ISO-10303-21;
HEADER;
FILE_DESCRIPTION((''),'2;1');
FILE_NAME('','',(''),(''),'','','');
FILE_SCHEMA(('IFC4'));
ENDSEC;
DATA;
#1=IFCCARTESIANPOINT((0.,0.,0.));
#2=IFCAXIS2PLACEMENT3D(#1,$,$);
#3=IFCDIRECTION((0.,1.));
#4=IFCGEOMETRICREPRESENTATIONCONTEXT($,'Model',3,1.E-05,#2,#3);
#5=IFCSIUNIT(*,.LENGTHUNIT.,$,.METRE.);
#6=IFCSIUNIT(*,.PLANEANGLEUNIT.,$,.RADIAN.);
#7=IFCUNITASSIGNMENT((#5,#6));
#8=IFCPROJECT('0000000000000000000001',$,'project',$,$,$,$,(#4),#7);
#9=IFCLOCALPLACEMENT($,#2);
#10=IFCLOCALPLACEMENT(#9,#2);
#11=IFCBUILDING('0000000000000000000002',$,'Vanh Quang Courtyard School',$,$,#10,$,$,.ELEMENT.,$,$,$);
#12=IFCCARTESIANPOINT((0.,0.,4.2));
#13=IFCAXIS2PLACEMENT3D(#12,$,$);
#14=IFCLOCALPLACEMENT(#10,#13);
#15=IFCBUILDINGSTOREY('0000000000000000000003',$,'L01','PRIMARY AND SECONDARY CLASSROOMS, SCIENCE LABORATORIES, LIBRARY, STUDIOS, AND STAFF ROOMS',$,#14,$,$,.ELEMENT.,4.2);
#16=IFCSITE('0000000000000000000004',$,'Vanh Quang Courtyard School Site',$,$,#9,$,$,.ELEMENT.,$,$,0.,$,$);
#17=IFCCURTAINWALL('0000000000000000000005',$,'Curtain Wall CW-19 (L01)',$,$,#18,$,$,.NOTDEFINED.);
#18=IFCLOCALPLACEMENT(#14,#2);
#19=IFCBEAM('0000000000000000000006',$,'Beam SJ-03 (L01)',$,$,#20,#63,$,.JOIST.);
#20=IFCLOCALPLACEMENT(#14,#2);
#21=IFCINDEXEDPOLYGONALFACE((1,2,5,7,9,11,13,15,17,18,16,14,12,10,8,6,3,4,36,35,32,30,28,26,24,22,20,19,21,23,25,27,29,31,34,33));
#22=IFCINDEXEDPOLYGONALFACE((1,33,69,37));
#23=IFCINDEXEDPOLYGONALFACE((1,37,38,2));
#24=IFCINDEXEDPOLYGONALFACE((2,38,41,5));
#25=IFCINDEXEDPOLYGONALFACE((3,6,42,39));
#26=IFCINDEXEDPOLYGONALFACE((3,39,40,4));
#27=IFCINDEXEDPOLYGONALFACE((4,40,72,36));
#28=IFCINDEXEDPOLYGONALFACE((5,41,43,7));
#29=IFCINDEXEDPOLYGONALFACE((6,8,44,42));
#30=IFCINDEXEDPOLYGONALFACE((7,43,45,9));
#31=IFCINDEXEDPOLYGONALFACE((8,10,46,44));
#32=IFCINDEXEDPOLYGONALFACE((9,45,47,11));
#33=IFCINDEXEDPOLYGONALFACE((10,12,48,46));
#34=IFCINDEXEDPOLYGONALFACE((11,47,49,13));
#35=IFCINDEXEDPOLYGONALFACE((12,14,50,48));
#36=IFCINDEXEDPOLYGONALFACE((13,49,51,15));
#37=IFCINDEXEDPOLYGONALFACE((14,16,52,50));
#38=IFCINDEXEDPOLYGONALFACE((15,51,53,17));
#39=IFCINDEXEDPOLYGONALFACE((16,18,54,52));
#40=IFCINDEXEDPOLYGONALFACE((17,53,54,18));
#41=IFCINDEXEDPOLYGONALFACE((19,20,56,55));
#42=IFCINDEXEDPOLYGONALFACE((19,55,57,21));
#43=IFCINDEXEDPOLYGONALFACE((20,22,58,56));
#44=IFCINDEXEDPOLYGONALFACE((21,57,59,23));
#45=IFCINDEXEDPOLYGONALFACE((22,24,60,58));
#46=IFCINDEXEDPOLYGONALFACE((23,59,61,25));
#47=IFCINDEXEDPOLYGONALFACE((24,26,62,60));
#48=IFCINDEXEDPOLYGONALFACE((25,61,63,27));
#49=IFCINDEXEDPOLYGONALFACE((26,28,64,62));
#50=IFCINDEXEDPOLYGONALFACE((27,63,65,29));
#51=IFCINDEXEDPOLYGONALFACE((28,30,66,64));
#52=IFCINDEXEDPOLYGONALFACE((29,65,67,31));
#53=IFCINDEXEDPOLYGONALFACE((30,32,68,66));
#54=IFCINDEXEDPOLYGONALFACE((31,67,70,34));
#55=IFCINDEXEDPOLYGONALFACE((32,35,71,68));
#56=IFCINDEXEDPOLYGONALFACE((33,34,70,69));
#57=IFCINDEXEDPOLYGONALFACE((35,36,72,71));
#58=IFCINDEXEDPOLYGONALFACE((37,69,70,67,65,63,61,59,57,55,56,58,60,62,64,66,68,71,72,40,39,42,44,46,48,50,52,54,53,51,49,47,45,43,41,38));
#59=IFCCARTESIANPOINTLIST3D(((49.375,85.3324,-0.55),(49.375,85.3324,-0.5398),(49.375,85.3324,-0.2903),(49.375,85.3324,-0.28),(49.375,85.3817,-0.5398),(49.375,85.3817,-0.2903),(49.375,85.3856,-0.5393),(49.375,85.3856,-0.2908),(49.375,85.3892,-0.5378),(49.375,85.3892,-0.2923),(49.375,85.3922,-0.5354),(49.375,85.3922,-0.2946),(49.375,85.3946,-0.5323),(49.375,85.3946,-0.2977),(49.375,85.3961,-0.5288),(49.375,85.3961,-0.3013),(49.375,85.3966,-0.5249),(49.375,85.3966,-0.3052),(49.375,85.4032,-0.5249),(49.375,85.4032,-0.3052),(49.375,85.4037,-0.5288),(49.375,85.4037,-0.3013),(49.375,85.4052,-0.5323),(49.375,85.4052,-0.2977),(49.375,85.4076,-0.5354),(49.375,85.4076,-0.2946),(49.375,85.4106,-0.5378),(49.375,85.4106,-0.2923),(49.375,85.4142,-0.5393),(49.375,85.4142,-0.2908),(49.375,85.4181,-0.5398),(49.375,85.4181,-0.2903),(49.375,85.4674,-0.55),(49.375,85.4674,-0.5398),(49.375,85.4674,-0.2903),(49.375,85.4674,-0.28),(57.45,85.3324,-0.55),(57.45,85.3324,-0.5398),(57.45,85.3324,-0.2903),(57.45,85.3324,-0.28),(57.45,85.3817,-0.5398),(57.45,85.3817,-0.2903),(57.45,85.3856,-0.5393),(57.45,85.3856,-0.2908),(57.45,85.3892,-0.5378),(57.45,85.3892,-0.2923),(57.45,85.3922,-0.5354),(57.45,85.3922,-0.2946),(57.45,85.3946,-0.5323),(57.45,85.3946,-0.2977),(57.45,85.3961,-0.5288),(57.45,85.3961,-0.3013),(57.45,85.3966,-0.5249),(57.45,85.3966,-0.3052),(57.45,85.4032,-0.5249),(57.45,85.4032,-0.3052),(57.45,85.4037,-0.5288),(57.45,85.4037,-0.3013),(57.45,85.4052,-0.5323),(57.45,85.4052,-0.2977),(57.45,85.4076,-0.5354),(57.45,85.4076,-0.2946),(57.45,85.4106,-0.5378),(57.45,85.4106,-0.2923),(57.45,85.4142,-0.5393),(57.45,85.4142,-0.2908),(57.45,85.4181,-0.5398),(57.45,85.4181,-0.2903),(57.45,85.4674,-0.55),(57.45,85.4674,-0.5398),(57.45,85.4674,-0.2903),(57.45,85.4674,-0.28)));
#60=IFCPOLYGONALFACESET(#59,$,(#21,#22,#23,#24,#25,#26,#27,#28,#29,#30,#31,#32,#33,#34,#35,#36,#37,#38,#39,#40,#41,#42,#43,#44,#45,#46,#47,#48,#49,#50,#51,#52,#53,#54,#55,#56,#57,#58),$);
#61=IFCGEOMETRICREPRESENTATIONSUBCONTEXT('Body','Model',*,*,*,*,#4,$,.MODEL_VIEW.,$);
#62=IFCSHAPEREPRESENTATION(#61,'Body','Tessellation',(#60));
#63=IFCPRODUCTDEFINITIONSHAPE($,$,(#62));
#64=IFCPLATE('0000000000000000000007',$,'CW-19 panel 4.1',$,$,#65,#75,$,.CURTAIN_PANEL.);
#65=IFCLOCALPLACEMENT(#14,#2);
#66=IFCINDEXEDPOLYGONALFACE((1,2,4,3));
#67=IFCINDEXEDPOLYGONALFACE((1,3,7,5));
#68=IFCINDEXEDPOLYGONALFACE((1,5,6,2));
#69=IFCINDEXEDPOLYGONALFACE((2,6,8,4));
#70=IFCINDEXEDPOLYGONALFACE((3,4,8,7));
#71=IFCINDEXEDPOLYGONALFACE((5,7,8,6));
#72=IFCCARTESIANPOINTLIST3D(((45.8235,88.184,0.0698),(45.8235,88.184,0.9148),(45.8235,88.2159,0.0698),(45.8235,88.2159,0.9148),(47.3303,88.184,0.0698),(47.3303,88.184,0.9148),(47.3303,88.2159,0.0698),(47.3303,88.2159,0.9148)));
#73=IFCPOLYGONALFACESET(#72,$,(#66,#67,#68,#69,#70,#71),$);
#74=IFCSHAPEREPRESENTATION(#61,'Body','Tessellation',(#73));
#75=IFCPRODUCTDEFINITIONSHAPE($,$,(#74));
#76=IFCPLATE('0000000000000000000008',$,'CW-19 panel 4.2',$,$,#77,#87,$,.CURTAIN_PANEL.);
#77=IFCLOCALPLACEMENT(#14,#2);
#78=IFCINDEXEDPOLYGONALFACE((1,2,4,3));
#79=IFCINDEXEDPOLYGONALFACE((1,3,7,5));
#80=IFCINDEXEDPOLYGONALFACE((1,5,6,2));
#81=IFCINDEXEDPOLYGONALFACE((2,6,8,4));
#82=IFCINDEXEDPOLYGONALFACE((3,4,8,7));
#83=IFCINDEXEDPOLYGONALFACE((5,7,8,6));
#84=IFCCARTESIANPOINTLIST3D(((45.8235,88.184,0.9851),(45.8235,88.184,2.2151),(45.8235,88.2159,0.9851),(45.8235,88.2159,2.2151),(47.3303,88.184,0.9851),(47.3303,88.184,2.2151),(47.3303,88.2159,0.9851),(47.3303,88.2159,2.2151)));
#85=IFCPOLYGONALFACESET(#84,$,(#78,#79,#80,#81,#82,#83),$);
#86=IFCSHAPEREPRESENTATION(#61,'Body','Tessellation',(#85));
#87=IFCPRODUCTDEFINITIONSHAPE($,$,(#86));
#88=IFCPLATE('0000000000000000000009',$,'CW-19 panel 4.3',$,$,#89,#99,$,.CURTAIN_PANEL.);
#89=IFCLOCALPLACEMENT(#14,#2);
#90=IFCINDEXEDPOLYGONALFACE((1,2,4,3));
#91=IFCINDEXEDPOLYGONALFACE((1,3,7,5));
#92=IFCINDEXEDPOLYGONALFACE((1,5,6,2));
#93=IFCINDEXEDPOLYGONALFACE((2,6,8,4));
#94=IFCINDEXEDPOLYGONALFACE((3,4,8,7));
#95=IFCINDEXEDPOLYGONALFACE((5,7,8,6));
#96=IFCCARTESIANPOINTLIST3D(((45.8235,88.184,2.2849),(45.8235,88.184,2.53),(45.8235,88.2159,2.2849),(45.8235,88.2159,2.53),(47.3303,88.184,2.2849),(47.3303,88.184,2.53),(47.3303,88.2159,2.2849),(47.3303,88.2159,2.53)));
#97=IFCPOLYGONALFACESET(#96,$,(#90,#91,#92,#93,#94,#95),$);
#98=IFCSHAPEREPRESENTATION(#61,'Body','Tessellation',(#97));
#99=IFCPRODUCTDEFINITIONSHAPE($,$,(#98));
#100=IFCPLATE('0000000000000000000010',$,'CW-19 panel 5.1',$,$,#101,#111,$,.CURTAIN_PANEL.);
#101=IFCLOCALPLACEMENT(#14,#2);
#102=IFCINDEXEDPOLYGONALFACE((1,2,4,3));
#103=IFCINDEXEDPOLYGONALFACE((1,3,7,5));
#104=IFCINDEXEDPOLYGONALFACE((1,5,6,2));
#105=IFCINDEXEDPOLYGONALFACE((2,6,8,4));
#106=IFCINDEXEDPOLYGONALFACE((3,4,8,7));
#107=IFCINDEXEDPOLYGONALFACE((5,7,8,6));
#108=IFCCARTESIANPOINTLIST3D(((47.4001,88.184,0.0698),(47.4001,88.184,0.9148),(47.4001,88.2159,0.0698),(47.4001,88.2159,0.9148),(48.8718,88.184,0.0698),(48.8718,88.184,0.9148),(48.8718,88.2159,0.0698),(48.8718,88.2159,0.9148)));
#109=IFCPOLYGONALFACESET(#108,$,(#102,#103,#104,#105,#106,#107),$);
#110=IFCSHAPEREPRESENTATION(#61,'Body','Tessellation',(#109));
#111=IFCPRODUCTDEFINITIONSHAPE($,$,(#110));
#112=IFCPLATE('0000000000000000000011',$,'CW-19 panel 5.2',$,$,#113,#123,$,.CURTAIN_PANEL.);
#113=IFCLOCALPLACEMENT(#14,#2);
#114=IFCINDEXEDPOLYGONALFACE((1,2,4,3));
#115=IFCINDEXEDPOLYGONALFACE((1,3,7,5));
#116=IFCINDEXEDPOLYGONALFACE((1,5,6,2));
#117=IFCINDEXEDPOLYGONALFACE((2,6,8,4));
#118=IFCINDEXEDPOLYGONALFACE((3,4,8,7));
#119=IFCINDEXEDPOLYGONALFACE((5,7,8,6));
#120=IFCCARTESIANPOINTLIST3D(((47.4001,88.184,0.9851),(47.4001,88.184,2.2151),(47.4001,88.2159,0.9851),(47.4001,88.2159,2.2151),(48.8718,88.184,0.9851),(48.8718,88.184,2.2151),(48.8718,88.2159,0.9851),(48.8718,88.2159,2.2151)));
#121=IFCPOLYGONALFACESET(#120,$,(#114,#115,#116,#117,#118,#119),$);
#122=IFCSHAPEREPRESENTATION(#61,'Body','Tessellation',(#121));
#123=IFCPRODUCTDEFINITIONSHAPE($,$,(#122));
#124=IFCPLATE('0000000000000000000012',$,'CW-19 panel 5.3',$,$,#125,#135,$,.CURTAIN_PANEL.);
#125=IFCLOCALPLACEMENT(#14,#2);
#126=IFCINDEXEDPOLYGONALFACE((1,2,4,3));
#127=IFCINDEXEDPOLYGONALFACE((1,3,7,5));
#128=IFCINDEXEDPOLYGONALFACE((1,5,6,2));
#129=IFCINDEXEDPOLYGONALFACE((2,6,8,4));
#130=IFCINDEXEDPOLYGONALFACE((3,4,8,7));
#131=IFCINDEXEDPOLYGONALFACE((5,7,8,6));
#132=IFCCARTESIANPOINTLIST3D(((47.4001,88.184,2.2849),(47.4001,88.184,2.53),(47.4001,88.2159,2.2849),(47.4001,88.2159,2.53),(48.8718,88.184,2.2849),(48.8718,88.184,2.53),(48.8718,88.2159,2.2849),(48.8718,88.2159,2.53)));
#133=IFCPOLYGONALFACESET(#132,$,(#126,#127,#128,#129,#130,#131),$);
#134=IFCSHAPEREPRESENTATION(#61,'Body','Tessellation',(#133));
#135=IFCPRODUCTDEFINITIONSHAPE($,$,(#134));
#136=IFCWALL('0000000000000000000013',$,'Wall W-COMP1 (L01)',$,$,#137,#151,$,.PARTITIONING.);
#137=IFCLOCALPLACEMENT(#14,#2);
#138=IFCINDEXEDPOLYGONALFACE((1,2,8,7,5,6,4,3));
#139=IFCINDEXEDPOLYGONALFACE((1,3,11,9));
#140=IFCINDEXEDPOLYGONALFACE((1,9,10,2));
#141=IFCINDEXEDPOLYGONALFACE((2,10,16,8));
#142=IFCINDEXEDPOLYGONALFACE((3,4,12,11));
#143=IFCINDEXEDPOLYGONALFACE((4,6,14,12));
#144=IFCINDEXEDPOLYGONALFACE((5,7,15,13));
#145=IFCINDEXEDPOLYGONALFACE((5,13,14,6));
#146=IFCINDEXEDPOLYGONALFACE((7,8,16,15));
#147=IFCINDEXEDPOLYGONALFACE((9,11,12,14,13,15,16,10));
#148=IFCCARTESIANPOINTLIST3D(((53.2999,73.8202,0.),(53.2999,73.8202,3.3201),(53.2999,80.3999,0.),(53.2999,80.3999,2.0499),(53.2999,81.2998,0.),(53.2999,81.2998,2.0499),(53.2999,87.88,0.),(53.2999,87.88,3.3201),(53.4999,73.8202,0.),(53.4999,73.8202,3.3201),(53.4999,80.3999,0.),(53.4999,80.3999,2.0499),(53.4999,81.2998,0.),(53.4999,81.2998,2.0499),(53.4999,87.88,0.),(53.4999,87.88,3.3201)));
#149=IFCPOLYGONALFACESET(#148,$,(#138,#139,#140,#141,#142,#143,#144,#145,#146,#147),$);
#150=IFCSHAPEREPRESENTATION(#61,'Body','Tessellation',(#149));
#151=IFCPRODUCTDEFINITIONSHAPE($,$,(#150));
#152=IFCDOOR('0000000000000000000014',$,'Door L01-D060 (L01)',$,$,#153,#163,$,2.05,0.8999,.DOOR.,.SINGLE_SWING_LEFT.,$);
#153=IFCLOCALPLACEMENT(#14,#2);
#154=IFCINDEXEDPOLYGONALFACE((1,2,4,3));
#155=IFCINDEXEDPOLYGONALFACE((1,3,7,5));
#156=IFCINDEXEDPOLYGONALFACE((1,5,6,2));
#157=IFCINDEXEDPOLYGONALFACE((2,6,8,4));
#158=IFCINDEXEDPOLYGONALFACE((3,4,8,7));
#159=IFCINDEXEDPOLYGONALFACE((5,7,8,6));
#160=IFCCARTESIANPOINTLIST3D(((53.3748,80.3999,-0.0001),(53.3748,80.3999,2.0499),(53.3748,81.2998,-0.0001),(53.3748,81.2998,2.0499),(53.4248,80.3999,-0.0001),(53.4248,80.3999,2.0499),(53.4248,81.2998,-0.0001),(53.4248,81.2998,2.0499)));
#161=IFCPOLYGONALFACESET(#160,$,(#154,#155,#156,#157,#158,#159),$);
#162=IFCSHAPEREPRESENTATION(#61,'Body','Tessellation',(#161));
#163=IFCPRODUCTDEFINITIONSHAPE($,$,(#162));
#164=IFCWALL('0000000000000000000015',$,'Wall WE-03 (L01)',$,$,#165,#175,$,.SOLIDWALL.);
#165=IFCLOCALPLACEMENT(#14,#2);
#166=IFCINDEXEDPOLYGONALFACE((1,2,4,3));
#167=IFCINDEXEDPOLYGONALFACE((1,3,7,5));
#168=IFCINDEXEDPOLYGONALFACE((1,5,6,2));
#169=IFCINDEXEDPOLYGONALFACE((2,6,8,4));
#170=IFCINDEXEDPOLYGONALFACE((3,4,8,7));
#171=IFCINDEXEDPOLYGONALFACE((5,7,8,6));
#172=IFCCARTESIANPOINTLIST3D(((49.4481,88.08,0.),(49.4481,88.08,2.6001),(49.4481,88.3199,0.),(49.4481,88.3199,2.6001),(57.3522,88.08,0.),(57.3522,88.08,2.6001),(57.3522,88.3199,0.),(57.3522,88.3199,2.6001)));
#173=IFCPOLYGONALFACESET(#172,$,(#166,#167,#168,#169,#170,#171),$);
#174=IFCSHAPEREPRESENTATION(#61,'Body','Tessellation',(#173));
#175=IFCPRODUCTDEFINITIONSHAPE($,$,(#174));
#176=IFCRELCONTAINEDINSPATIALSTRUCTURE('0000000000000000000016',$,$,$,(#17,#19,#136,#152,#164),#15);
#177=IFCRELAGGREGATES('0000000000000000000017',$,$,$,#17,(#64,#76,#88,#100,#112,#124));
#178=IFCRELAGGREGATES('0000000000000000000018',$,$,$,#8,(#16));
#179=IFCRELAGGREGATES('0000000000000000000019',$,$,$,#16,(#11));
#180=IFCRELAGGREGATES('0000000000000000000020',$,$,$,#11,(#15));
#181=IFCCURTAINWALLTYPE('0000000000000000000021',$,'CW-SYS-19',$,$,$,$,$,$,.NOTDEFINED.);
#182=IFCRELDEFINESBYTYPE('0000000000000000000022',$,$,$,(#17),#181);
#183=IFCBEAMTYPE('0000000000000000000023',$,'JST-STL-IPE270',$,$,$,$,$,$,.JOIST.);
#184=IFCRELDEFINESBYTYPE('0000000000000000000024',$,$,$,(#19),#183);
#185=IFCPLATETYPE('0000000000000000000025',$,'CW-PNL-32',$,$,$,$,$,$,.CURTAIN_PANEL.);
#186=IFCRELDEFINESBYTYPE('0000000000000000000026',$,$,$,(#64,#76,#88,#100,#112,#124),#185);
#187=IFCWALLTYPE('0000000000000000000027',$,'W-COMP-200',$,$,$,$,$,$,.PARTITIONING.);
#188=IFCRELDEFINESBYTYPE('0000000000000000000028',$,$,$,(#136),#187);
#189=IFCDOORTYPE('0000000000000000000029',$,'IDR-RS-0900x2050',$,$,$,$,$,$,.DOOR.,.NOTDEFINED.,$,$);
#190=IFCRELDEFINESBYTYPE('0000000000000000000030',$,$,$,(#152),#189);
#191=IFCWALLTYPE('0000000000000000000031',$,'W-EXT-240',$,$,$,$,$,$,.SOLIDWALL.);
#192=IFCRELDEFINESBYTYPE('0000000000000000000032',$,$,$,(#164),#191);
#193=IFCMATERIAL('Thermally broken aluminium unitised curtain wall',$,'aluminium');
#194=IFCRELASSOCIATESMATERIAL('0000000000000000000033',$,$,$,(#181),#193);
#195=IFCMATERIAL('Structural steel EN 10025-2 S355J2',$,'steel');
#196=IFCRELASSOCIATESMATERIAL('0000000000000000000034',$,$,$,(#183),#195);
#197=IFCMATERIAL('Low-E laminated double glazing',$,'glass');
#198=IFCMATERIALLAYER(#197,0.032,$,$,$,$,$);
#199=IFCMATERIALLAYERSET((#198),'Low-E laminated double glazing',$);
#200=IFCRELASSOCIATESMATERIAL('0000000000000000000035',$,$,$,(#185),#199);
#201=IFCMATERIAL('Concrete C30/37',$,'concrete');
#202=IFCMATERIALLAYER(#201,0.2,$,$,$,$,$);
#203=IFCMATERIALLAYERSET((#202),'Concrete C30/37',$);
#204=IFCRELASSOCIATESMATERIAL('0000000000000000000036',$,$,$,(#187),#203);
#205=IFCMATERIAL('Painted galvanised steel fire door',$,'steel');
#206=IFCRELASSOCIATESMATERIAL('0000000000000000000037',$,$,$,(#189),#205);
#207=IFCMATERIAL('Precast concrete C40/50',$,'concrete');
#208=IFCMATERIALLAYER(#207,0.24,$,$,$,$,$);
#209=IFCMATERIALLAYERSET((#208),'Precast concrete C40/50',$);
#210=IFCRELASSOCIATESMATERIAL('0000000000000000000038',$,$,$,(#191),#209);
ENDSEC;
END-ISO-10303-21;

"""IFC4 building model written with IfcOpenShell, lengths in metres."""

from ifc_helpers import new_model, si_unit, direction, frame, frame_2d, origin, origin_2d, place, context, subcontext, project, spatial, rectangle, i_section, extrude, material, layer, layer_set, material_profile, profile_set, type_object, element, fill, aggregate, save


model = new_model("IFC4")

# Units and contexts
model_context = context("Model", 3, precision=1e-05, world=origin(), true_north=direction((0.0, 1.0)))
body_context = subcontext(model_context, "Body", "Model", "MODEL_VIEW")
ifc_project = project(units=[si_unit("LENGTHUNIT", "METRE"), si_unit("PLANEANGLEUNIT", "RADIAN")], contexts=[model_context])

# Site, building, storey
site_placement = place(None, origin())
site = spatial("IfcSite", under=ifc_project, at=site_placement, Name="Vanh Quang Courtyard School Site", CompositionType="ELEMENT", RefElevation=0.0)
building_placement = place(site_placement, origin())
building = spatial("IfcBuilding", under=site, at=building_placement, Name="Vanh Quang Courtyard School", CompositionType="ELEMENT")
storey_placement = place(building_placement, frame((0.0, 0.0, 4.2)))
storey = spatial("IfcBuildingStorey", under=building, at=storey_placement, Name="L01", Description="PRIMARY AND SECONDARY CLASSROOMS, SCIENCE LABORATORIES, LIBRARY, STUDIOS, AND STAFF ROOMS", CompositionType="ELEMENT", Elevation=4.2)

# Shared definitions
ifc_material_1 = material(Name="Structural steel EN 10025-2 S355J2", Category="steel")

# Curtain wall
ifc_material_2 = material(Name="Thermally broken aluminium unitised curtain wall", Category="aluminium")
curtain_wall_type = type_object("IfcCurtainWallType", Name="CW-SYS-19", PredefinedType="NOTDEFINED", material=ifc_material_2)
curtain_wall_placement = place(storey_placement, origin())
curtain_wall = element("IfcCurtainWall", 1, at=curtain_wall_placement, inside=storey, type_object=curtain_wall_type, Name="Curtain Wall CW-19 (L01)", PredefinedType="NOTDEFINED")

# Beam
ifc_material_3 = material(Name="Concrete C30/37", Category="concrete")
ifc_material_profile_1 = material_profile(ifc_material_1, i_section(OverallWidth=0.135, OverallDepth=0.27, WebThickness=0.0066, FlangeThickness=0.0103, FilletRadius=0.0149, at=origin_2d()), Name="IPE 270")
ifc_profile_set_1 = profile_set([ifc_material_profile_1], Name="Structural steel EN 10025-2 S355J2")
beam_type_1 = type_object("IfcBeamType", Name="JST-STL-IPE270", PredefinedType="JOIST", material=ifc_profile_set_1)
for number, where, z_axis, x_axis, name in (
    (2, (49.375, 85.3999, -0.415), (1.0, 0.0, 0.0), (0.0, 1.0, 0.0), "Beam SJ-03 (L01)"),
):
    element("IfcBeam", number, at=place(storey_placement, frame(where, z_axis=z_axis, x_axis=x_axis)), inside=storey, type_object=beam_type_1, Name=name, PredefinedType="JOIST", context=body_context, shape_type="SweptSolid", body=[
        extrude(i_section(OverallWidth=0.135, OverallDepth=0.27, WebThickness=0.0066, FlangeThickness=0.0103, FilletRadius=0.0149, at=origin_2d()), origin(), (0.0, 0.0, 1.0), 8.075),
    ])

# Plates
ifc_material_4 = material(Name="Low-E laminated double glazing", Category="glass")
ifc_layer_1 = layer(ifc_material_4, 0.032)
ifc_layer_set_1 = layer_set([ifc_layer_1], Name="Low-E laminated double glazing")
plate_type = type_object("IfcPlateType", Name="CW-PNL-32", PredefinedType="CURTAIN_PANEL", material=ifc_layer_set_1)
plate_1_placement = place(storey_placement, frame((46.5769, 88.2, 0.0698), z_axis=(0.0, 0.0, 1.0), x_axis=(1.0, 0.0, 0.0)))
plate_1 = element("IfcPlate", 3, at=plate_1_placement, type_object=plate_type, Name="CW-19 panel 4.1", PredefinedType="CURTAIN_PANEL", context=body_context, shape_type="SweptSolid", body=[
    extrude(rectangle(XDim=1.5068, YDim=0.032, at=origin_2d()), origin(), (0.0, 0.0, 1.0), 0.845),
])
plate_2_placement = place(storey_placement, frame((46.5769, 88.2, 0.9851), z_axis=(0.0, 0.0, 1.0), x_axis=(1.0, 0.0, 0.0)))
plate_2 = element("IfcPlate", 4, at=plate_2_placement, type_object=plate_type, Name="CW-19 panel 4.2", PredefinedType="CURTAIN_PANEL", context=body_context, shape_type="SweptSolid", body=[
    extrude(rectangle(XDim=1.5068, YDim=0.032, at=origin_2d()), origin(), (0.0, 0.0, 1.0), 1.23),
])
plate_3_placement = place(storey_placement, frame((46.5769, 88.2, 2.2849), z_axis=(0.0, 0.0, 1.0), x_axis=(1.0, 0.0, 0.0)))
plate_3 = element("IfcPlate", 5, at=plate_3_placement, type_object=plate_type, Name="CW-19 panel 4.3", PredefinedType="CURTAIN_PANEL", context=body_context, shape_type="SweptSolid", body=[
    extrude(rectangle(XDim=1.5068, YDim=0.032, at=origin_2d()), origin(), (0.0, 0.0, 1.0), 0.2451),
])
plate_4_placement = place(storey_placement, frame((48.136, 88.2, 0.0698), z_axis=(0.0, 0.0, 1.0), x_axis=(1.0, 0.0, 0.0)))
plate_4 = element("IfcPlate", 6, at=plate_4_placement, type_object=plate_type, Name="CW-19 panel 5.1", PredefinedType="CURTAIN_PANEL", context=body_context, shape_type="SweptSolid", body=[
    extrude(rectangle(XDim=1.4717, YDim=0.032, at=origin_2d()), origin(), (0.0, 0.0, 1.0), 0.845),
])
plate_5_placement = place(storey_placement, frame((48.136, 88.2, 0.9851), z_axis=(0.0, 0.0, 1.0), x_axis=(1.0, 0.0, 0.0)))
plate_5 = element("IfcPlate", 7, at=plate_5_placement, type_object=plate_type, Name="CW-19 panel 5.2", PredefinedType="CURTAIN_PANEL", context=body_context, shape_type="SweptSolid", body=[
    extrude(rectangle(XDim=1.4717, YDim=0.032, at=origin_2d()), origin(), (0.0, 0.0, 1.0), 1.23),
])
plate_6_placement = place(storey_placement, frame((48.136, 88.2, 2.2849), z_axis=(0.0, 0.0, 1.0), x_axis=(1.0, 0.0, 0.0)))
plate_6 = element("IfcPlate", 8, at=plate_6_placement, type_object=plate_type, Name="CW-19 panel 5.3", PredefinedType="CURTAIN_PANEL", context=body_context, shape_type="SweptSolid", body=[
    extrude(rectangle(XDim=1.4717, YDim=0.032, at=origin_2d()), origin(), (0.0, 0.0, 1.0), 0.2451),
])
aggregate(curtain_wall, [plate_1, plate_2, plate_3, plate_4, plate_5, plate_6])

# Wall, opening, door
ifc_layer_2 = layer(ifc_material_3, 0.2)
ifc_layer_set_2 = layer_set([ifc_layer_2], Name="Concrete C30/37")
wall_type_1 = type_object("IfcWallType", Name="W-COMP-200", PredefinedType="PARTITIONING", material=ifc_layer_set_2)
wall_1_placement = place(storey_placement, frame((53.3999, 87.8799, 0.0), z_axis=(0.0, 0.0, 1.0), x_axis=(0.0, -1.0, 0.0)))
wall_1 = element("IfcWall", 9, at=wall_1_placement, inside=storey, type_object=wall_type_1, Name="Wall W-COMP1 (L01)", PredefinedType="PARTITIONING", context=body_context, shape_type="SweptSolid", body=[
    extrude(rectangle(XDim=14.0598, YDim=0.2, at=frame_2d((7.0298, 0.0))), origin(), (0.0, 0.0, 1.0), 3.3201),
])
opening_placement = place(wall_1_placement, frame((6.5801, 0.0, 0.0)))
opening = element("IfcOpeningElement", 10, at=opening_placement, cuts=wall_1, PredefinedType="OPENING", context=body_context, shape_type="SweptSolid", body=[
    extrude(rectangle(XDim=0.8999, YDim=2.05, at=frame_2d((0.45, 1.0249))), frame((0.0, 0.1099, 0.0), z_axis=(0.0, -1.0, 0.0), x_axis=(1.0, 0.0, 0.0)), (0.0, 0.0, 1.0), 0.22),
])
ifc_material_5 = material(Name="Painted galvanised steel fire door", Category="steel")
door_type = type_object("IfcDoorType", Name="IDR-RS-0900x2050", OperationType="NOTDEFINED", PredefinedType="DOOR", material=ifc_material_5)
door_placement = place(opening_placement, origin())
door = element("IfcDoor", 11, at=door_placement, inside=storey, type_object=door_type, Name="Door L01-D060 (L01)", OperationType="SINGLE_SWING_LEFT", OverallHeight=2.05, OverallWidth=0.8999, PredefinedType="DOOR", context=body_context, shape_type="SweptSolid", body=[
    extrude(rectangle(XDim=0.8999, YDim=2.05, at=frame_2d((0.45, 1.0249))), frame((0.0, 0.0249, 0.0), z_axis=(0.0, -1.0, 0.0), x_axis=(1.0, 0.0, 0.0)), (0.0, 0.0, 1.0), 0.05),
])
fill(opening, door)

# Wall
ifc_material_6 = material(Name="Precast concrete C40/50", Category="concrete")
ifc_layer_3 = layer(ifc_material_6, 0.24)
ifc_layer_set_3 = layer_set([ifc_layer_3], Name="Precast concrete C40/50")
wall_type_2 = type_object("IfcWallType", Name="W-EXT-240", PredefinedType="SOLIDWALL", material=ifc_layer_set_3)
wall_2_placement = place(storey_placement, frame((49.448, 88.2, 0.0), z_axis=(0.0, 0.0, 1.0), x_axis=(1.0, 0.0, 0.0)))
element("IfcWall", 12, at=wall_2_placement, inside=storey, type_object=wall_type_2, Name="Wall WE-03 (L01)", PredefinedType="SOLIDWALL", context=body_context, shape_type="SweptSolid", body=[
    extrude(rectangle(XDim=7.9041, YDim=0.24, at=frame_2d((3.9521, 0.0))), origin(), (0.0, 0.0, 1.0), 2.6001),
])

save(model, "model.ifc")
